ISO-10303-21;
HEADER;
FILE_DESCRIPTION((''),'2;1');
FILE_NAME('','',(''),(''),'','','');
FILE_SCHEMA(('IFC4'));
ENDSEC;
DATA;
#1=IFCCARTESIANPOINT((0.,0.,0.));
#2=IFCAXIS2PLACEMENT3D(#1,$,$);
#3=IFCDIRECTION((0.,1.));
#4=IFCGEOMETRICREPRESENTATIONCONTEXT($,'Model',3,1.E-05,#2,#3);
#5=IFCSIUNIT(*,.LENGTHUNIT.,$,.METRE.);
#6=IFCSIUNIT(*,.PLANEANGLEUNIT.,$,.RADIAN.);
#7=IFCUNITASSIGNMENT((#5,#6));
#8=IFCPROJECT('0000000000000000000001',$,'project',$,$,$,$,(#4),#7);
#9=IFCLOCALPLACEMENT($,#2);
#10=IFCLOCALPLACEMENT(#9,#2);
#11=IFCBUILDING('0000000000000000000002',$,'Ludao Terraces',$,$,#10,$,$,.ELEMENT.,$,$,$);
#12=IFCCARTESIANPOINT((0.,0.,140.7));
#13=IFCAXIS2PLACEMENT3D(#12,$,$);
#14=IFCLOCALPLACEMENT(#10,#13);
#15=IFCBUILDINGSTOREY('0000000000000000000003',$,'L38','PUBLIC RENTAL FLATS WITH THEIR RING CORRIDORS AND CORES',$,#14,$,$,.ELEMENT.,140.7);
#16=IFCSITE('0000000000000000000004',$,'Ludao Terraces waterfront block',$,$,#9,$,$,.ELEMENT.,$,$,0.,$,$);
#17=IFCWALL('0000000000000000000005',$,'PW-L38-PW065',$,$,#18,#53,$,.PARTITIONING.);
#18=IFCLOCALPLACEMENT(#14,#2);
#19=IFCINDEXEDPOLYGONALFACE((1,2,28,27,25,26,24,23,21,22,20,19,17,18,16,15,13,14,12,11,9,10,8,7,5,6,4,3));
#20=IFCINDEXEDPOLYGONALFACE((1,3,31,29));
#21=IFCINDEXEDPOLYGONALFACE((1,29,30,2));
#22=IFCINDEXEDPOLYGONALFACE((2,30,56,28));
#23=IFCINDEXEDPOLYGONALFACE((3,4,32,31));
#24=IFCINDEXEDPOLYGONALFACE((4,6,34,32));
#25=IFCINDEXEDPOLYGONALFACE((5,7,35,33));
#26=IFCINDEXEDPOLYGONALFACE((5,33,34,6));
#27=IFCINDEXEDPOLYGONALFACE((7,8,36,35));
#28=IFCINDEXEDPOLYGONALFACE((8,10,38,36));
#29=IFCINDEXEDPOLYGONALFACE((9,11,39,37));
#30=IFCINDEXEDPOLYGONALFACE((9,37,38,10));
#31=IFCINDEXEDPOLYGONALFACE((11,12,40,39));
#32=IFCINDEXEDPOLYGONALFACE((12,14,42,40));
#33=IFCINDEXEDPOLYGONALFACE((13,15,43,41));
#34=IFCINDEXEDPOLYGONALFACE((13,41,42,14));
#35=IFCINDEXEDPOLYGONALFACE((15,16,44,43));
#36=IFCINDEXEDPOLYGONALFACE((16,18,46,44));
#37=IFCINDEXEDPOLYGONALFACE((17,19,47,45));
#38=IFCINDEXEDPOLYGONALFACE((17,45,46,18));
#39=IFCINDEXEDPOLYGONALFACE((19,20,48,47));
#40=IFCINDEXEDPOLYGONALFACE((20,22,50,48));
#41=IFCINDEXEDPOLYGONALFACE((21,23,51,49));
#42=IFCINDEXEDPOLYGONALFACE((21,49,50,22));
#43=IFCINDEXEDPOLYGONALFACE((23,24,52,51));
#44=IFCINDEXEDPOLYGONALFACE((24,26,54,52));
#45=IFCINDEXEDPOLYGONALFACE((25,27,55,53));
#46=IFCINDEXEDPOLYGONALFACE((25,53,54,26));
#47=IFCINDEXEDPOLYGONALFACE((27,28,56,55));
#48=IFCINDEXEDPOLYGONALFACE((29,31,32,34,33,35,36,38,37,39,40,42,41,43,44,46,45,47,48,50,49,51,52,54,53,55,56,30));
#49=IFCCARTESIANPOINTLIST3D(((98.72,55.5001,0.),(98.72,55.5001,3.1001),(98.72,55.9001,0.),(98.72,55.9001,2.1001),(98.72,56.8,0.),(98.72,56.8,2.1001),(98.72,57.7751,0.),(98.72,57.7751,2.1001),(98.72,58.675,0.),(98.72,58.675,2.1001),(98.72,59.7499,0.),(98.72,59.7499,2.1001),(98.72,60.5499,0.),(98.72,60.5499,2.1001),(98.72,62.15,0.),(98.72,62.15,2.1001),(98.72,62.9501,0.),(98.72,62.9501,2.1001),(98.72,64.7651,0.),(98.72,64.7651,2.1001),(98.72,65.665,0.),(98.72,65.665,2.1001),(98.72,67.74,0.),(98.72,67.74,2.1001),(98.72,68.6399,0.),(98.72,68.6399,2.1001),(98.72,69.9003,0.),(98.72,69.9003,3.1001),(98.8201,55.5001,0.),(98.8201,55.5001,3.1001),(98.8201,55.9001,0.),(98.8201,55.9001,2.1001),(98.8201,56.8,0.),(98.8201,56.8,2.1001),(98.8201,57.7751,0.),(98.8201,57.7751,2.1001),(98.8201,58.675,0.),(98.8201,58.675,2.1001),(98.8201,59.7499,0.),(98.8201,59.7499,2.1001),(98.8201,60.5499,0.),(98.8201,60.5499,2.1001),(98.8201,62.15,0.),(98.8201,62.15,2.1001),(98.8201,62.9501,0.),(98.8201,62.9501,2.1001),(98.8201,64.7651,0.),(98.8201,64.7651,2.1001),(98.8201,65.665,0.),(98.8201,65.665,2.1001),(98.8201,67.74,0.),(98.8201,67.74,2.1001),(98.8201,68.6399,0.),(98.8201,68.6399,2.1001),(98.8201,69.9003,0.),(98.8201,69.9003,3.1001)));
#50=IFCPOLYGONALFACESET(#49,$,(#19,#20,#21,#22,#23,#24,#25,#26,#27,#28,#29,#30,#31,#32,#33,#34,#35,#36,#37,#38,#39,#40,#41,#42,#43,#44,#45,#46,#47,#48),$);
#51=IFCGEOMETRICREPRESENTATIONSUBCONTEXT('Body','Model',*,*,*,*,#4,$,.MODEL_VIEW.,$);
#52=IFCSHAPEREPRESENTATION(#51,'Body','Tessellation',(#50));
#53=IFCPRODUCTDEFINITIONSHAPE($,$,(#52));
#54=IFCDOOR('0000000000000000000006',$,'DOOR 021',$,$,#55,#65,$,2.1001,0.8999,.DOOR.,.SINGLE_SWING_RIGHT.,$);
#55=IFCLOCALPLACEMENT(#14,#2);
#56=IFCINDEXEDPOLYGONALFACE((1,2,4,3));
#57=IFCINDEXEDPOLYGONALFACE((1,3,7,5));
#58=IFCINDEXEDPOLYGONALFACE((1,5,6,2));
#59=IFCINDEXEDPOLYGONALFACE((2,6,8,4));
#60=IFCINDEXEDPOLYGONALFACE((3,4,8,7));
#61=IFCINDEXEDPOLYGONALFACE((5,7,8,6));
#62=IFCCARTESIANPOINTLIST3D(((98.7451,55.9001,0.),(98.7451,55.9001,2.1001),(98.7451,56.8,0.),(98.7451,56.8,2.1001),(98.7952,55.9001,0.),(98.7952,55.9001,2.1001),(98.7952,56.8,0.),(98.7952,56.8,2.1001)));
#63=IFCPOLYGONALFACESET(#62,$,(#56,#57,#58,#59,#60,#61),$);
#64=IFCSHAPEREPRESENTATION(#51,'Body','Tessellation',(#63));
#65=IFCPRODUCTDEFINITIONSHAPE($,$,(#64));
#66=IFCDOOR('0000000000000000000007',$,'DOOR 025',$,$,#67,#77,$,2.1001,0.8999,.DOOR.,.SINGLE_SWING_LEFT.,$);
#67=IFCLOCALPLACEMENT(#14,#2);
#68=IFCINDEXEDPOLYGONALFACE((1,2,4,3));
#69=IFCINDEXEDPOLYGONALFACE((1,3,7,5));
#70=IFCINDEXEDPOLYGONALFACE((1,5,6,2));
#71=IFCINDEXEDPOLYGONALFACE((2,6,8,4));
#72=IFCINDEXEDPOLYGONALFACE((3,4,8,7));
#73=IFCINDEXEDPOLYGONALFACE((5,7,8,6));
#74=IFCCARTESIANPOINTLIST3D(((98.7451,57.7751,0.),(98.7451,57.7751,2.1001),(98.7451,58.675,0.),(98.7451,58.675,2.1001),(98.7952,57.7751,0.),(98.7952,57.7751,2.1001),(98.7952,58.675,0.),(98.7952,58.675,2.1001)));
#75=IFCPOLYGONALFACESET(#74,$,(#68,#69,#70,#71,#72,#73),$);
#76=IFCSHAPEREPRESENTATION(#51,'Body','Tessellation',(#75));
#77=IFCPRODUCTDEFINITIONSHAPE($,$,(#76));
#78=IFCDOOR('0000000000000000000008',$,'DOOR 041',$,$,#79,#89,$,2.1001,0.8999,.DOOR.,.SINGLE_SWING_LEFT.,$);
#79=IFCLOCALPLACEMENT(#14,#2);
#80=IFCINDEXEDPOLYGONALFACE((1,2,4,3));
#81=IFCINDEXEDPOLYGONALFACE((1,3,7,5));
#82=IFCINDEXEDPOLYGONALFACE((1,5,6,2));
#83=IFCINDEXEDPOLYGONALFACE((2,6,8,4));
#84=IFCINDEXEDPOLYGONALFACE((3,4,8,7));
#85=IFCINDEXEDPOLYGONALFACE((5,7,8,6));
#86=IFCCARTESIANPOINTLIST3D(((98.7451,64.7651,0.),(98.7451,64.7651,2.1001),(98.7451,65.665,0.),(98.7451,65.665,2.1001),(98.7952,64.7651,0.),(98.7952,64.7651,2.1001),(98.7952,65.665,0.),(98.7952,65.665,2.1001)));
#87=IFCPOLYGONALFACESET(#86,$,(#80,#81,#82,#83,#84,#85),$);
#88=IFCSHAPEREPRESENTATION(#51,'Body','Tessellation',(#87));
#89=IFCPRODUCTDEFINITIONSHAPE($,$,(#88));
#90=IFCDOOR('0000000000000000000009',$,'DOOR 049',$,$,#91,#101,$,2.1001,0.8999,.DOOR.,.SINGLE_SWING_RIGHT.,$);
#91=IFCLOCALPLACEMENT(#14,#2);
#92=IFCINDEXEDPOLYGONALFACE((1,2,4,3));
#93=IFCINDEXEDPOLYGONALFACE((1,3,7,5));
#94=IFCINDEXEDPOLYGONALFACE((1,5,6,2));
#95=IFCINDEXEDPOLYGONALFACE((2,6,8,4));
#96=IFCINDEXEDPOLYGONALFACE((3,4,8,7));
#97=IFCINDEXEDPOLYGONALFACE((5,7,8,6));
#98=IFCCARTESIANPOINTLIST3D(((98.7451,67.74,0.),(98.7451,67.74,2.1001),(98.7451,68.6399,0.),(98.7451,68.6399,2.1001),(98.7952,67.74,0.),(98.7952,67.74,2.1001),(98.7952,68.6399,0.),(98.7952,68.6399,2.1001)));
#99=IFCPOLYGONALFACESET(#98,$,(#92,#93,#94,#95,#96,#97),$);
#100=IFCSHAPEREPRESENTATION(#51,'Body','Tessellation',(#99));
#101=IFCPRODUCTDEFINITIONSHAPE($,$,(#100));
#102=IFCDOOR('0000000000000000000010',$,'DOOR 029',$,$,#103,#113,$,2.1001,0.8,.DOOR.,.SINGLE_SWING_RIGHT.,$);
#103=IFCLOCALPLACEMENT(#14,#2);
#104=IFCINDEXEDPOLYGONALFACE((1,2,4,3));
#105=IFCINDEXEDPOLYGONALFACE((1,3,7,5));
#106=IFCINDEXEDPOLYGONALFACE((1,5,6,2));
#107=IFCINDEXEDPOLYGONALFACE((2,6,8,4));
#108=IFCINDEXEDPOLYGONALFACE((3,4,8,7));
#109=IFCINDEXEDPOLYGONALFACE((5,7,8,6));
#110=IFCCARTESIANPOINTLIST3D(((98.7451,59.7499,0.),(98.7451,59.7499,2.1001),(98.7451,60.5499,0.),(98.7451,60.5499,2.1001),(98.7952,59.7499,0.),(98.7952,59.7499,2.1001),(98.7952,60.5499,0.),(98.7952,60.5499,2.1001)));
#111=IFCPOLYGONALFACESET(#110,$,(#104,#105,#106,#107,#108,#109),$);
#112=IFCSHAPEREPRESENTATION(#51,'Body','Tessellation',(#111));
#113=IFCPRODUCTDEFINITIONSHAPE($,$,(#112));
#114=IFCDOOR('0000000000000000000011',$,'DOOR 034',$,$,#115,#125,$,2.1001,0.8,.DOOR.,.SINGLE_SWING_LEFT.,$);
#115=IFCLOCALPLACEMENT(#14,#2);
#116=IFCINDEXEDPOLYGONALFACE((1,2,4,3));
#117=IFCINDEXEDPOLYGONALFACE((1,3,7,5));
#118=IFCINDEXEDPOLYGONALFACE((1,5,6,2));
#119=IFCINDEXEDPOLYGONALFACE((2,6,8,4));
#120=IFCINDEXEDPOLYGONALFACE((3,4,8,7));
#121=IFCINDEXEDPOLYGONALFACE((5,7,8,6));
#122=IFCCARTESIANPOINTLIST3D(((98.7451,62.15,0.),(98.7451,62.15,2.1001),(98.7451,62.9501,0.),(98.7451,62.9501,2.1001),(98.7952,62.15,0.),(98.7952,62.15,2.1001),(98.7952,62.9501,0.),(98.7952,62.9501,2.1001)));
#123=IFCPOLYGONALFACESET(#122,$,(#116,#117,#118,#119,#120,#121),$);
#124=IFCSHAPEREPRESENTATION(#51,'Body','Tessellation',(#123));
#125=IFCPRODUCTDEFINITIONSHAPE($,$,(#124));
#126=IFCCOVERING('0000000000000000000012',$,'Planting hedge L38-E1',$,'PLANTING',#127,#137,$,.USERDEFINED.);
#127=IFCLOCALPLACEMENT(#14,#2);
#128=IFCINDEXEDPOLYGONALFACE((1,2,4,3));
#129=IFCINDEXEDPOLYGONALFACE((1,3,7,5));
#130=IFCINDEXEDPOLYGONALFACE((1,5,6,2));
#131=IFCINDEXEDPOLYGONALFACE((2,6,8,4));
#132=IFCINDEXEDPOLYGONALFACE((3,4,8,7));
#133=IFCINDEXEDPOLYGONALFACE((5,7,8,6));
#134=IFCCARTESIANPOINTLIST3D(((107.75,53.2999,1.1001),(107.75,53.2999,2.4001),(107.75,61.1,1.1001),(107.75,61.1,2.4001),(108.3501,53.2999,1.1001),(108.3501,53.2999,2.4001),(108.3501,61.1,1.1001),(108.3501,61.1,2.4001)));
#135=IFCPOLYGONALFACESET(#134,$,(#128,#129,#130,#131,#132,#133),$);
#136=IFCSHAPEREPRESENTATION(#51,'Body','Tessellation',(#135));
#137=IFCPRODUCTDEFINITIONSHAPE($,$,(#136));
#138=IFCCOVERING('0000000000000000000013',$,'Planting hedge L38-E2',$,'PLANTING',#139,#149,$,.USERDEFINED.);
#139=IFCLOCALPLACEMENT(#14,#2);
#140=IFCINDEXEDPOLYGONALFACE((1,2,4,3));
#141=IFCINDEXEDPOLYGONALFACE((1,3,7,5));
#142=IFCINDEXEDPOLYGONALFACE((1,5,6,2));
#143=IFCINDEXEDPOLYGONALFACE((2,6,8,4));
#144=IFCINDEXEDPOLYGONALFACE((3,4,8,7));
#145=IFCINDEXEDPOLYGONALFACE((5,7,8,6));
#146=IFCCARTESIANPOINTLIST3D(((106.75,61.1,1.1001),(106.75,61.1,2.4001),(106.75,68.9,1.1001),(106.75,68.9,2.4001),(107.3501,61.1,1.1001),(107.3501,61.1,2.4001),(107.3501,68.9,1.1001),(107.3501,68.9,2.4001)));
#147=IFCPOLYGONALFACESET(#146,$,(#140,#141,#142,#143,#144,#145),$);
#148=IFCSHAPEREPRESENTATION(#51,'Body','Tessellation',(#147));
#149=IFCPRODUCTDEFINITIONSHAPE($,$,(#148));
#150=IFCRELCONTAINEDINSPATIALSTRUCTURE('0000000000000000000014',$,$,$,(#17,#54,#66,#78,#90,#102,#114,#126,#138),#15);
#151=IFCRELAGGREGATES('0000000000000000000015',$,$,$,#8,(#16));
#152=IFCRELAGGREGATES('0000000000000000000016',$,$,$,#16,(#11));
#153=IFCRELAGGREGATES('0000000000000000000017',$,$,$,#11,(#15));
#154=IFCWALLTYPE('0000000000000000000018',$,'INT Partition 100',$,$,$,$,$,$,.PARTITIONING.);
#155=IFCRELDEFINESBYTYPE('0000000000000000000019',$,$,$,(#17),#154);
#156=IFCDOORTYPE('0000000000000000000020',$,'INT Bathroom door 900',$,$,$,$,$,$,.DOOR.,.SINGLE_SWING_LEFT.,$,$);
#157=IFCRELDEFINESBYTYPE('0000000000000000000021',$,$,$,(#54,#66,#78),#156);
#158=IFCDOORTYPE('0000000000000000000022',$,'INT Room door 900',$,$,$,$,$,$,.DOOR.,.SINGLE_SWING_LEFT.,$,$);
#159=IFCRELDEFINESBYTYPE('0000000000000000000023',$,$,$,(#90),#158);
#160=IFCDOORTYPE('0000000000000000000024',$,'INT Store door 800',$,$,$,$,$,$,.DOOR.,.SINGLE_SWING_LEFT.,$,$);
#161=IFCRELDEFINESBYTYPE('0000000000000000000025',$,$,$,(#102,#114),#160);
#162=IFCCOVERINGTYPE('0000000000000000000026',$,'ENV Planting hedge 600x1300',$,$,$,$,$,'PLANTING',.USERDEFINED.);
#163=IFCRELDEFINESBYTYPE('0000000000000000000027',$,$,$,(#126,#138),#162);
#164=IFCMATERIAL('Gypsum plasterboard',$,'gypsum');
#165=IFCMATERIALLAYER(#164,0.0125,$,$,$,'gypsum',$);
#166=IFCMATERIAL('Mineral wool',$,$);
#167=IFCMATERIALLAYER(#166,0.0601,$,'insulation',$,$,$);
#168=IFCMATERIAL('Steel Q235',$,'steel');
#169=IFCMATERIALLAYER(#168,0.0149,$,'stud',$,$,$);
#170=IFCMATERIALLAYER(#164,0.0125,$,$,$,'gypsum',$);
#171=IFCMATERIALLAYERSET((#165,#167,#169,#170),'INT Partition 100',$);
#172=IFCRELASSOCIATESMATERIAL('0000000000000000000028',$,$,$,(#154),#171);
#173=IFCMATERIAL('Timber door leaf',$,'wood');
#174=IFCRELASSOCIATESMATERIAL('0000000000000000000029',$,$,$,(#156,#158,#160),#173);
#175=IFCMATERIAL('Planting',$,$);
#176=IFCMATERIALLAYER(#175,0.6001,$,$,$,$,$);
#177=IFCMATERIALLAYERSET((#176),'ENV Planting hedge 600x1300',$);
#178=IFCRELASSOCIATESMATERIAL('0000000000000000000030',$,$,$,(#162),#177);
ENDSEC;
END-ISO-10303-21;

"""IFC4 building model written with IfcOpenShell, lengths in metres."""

from ifc_helpers import new_model, si_unit, direction, frame, frame_2d, origin, origin_2d, place, context, subcontext, project, spatial, rectangle, extrude, material, layer, layer_set, type_object, element, fill, save


model = new_model("IFC4")

# Units and contexts
model_context = context("Model", 3, precision=1e-05, world=origin(), true_north=direction((0.0, 1.0)))
body_context = subcontext(model_context, "Body", "Model", "MODEL_VIEW")
ifc_project = project(units=[si_unit("LENGTHUNIT", "METRE"), si_unit("PLANEANGLEUNIT", "RADIAN")], contexts=[model_context])

# Site, building, storey
site_placement = place(None, origin())
site = spatial("IfcSite", under=ifc_project, at=site_placement, Name="Ludao Terraces waterfront block", CompositionType="ELEMENT", RefElevation=0.0)
building_placement = place(site_placement, origin())
building = spatial("IfcBuilding", under=site, at=building_placement, Name="Ludao Terraces", CompositionType="ELEMENT")
storey_placement = place(building_placement, frame((0.0, 0.0, 140.7)))
storey = spatial("IfcBuildingStorey", under=building, at=storey_placement, Name="L38", Description="PUBLIC RENTAL FLATS WITH THEIR RING CORRIDORS AND CORES", CompositionType="ELEMENT", Elevation=140.7)

# Shared definitions
ifc_material_1 = material(Name="Mineral wool")

# Shared definitions
ifc_material_2 = material(Name="Gypsum plasterboard", Category="gypsum")
ifc_layer_1 = layer(ifc_material_2, 0.0125, Category="gypsum")
ifc_layer_2 = layer(ifc_material_1, 0.0601, Name="insulation")
ifc_material_3 = material(Name="Steel Q235", Category="steel")
ifc_layer_3 = layer(ifc_material_3, 0.0149, Name="stud")
ifc_layer_4 = layer(ifc_material_2, 0.0125, Category="gypsum")
ifc_layer_set_1 = layer_set([ifc_layer_1, ifc_layer_2, ifc_layer_3, ifc_layer_4], Name="INT Partition 100")
wall_type_1 = type_object("IfcWallType", Name="INT Partition 100", PredefinedType="PARTITIONING", material=ifc_layer_set_1)

# Wall, openings, doors
wall_1_placement = place(storey_placement, frame((98.77, 55.5, 0.0), z_axis=(0.0, 0.0, 1.0), x_axis=(0.0, 1.0, 0.0)))
wall_1 = element("IfcWall", 1, at=wall_1_placement, inside=storey, type_object=wall_type_1, Name="PW-L38-PW065", PredefinedType="PARTITIONING", context=body_context, shape_type="SweptSolid", body=[
    extrude(rectangle(XDim=14.4001, YDim=0.1001, at=frame_2d((7.2002, 0.0))), origin(), (0.0, 0.0, 1.0), 3.1001),
])
opening_1_placement = place(wall_1_placement, frame((0.4001, 0.0, 0.0)))
opening_1 = element("IfcOpeningElement", 2, at=opening_1_placement, cuts=wall_1, PredefinedType="OPENING", context=body_context, shape_type="SweptSolid", body=[
    extrude(rectangle(XDim=0.8999, YDim=2.1001, at=frame_2d((0.45, 1.05))), frame((0.0, 0.0601, 0.0), z_axis=(0.0, -1.0, 0.0), x_axis=(1.0, 0.0, 0.0)), (0.0, 0.0, 1.0), 0.1201),
])
opening_2_placement = place(wall_1_placement, frame((2.2751, 0.0, 0.0)))
opening_2 = element("IfcOpeningElement", 3, at=opening_2_placement, cuts=wall_1, PredefinedType="OPENING", context=body_context, shape_type="SweptSolid", body=[
    extrude(rectangle(XDim=0.8999, YDim=2.1001, at=frame_2d((0.45, 1.05))), frame((0.0, 0.0601, 0.0), z_axis=(0.0, -1.0, 0.0), x_axis=(1.0, 0.0, 0.0)), (0.0, 0.0, 1.0), 0.1201),
])
opening_3_placement = place(wall_1_placement, frame((4.25, 0.0, 0.0)))
opening_3 = element("IfcOpeningElement", 4, at=opening_3_placement, cuts=wall_1, PredefinedType="OPENING", context=body_context, shape_type="SweptSolid", body=[
    extrude(rectangle(XDim=0.8, YDim=2.1001, at=frame_2d((0.3999, 1.05))), frame((0.0, 0.0601, 0.0), z_axis=(0.0, -1.0, 0.0), x_axis=(1.0, 0.0, 0.0)), (0.0, 0.0, 1.0), 0.1201),
])
opening_4_placement = place(wall_1_placement, frame((6.6501, 0.0, 0.0)))
opening_4 = element("IfcOpeningElement", 5, at=opening_4_placement, cuts=wall_1, PredefinedType="OPENING", context=body_context, shape_type="SweptSolid", body=[
    extrude(rectangle(XDim=0.8, YDim=2.1001, at=frame_2d((0.3999, 1.05))), frame((0.0, 0.0601, 0.0), z_axis=(0.0, -1.0, 0.0), x_axis=(1.0, 0.0, 0.0)), (0.0, 0.0, 1.0), 0.1201),
])
opening_5_placement = place(wall_1_placement, frame((9.2651, 0.0, 0.0)))
opening_5 = element("IfcOpeningElement", 6, at=opening_5_placement, cuts=wall_1, PredefinedType="OPENING", context=body_context, shape_type="SweptSolid", body=[
    extrude(rectangle(XDim=0.8999, YDim=2.1001, at=frame_2d((0.45, 1.05))), frame((0.0, 0.0601, 0.0), z_axis=(0.0, -1.0, 0.0), x_axis=(1.0, 0.0, 0.0)), (0.0, 0.0, 1.0), 0.1201),
])
opening_6_placement = place(wall_1_placement, frame((12.24, 0.0, 0.0)))
opening_6 = element("IfcOpeningElement", 7, at=opening_6_placement, cuts=wall_1, PredefinedType="OPENING", context=body_context, shape_type="SweptSolid", body=[
    extrude(rectangle(XDim=0.8999, YDim=2.1001, at=frame_2d((0.45, 1.05))), frame((0.0, 0.0601, 0.0), z_axis=(0.0, -1.0, 0.0), x_axis=(1.0, 0.0, 0.0)), (0.0, 0.0, 1.0), 0.1201),
])
ifc_material_4 = material(Name="Timber door leaf", Category="wood")
door_type_1 = type_object("IfcDoorType", Name="INT Bathroom door 900", OperationType="SINGLE_SWING_LEFT", PredefinedType="DOOR", material=ifc_material_4)
door_1_placement = place(opening_1_placement, origin())
door_1 = element("IfcDoor", 8, at=door_1_placement, inside=storey, type_object=door_type_1, Name="DOOR 021", OperationType="SINGLE_SWING_RIGHT", OverallHeight=2.1001, OverallWidth=0.8999, PredefinedType="DOOR", context=body_context, shape_type="SweptSolid", body=[
    extrude(rectangle(XDim=0.8999, YDim=2.1001, at=frame_2d((0.45, 1.05))), frame((0.0, 0.0249, 0.0), z_axis=(0.0, -1.0, 0.0), x_axis=(1.0, 0.0, 0.0)), (0.0, 0.0, 1.0), 0.05),
])
fill(opening_1, door_1)
door_2_placement = place(opening_2_placement, origin())
door_2 = element("IfcDoor", 9, at=door_2_placement, inside=storey, type_object=door_type_1, Name="DOOR 025", OperationType="SINGLE_SWING_LEFT", OverallHeight=2.1001, OverallWidth=0.8999, PredefinedType="DOOR", context=body_context, shape_type="SweptSolid", body=[
    extrude(rectangle(XDim=0.8999, YDim=2.1001, at=frame_2d((0.45, 1.05))), frame((0.0, 0.0249, 0.0), z_axis=(0.0, -1.0, 0.0), x_axis=(1.0, 0.0, 0.0)), (0.0, 0.0, 1.0), 0.05),
])
fill(opening_2, door_2)
door_3_placement = place(opening_5_placement, origin())
door_3 = element("IfcDoor", 10, at=door_3_placement, inside=storey, type_object=door_type_1, Name="DOOR 041", OperationType="SINGLE_SWING_LEFT", OverallHeight=2.1001, OverallWidth=0.8999, PredefinedType="DOOR", context=body_context, shape_type="SweptSolid", body=[
    extrude(rectangle(XDim=0.8999, YDim=2.1001, at=frame_2d((0.45, 1.05))), frame((0.0, 0.0249, 0.0), z_axis=(0.0, -1.0, 0.0), x_axis=(1.0, 0.0, 0.0)), (0.0, 0.0, 1.0), 0.05),
])
fill(opening_5, door_3)
door_type_2 = type_object("IfcDoorType", Name="INT Room door 900", OperationType="SINGLE_SWING_LEFT", PredefinedType="DOOR", material=ifc_material_4)
door_4_placement = place(opening_6_placement, origin())
door_4 = element("IfcDoor", 11, at=door_4_placement, inside=storey, type_object=door_type_2, Name="DOOR 049", OperationType="SINGLE_SWING_RIGHT", OverallHeight=2.1001, OverallWidth=0.8999, PredefinedType="DOOR", context=body_context, shape_type="SweptSolid", body=[
    extrude(rectangle(XDim=0.8999, YDim=2.1001, at=frame_2d((0.45, 1.05))), frame((0.0, 0.0249, 0.0), z_axis=(0.0, -1.0, 0.0), x_axis=(1.0, 0.0, 0.0)), (0.0, 0.0, 1.0), 0.05),
])
fill(opening_6, door_4)
door_type_3 = type_object("IfcDoorType", Name="INT Store door 800", OperationType="SINGLE_SWING_LEFT", PredefinedType="DOOR", material=ifc_material_4)
door_5_placement = place(opening_3_placement, origin())
door_5 = element("IfcDoor", 12, at=door_5_placement, inside=storey, type_object=door_type_3, Name="DOOR 029", OperationType="SINGLE_SWING_RIGHT", OverallHeight=2.1001, OverallWidth=0.8, PredefinedType="DOOR", context=body_context, shape_type="SweptSolid", body=[
    extrude(rectangle(XDim=0.8, YDim=2.1001, at=frame_2d((0.3999, 1.05))), frame((0.0, 0.0249, 0.0), z_axis=(0.0, -1.0, 0.0), x_axis=(1.0, 0.0, 0.0)), (0.0, 0.0, 1.0), 0.05),
])
fill(opening_3, door_5)
door_6_placement = place(opening_4_placement, origin())
door_6 = element("IfcDoor", 13, at=door_6_placement, inside=storey, type_object=door_type_3, Name="DOOR 034", OperationType="SINGLE_SWING_LEFT", OverallHeight=2.1001, OverallWidth=0.8, PredefinedType="DOOR", context=body_context, shape_type="SweptSolid", body=[
    extrude(rectangle(XDim=0.8, YDim=2.1001, at=frame_2d((0.3999, 1.05))), frame((0.0, 0.0249, 0.0), z_axis=(0.0, -1.0, 0.0), x_axis=(1.0, 0.0, 0.0)), (0.0, 0.0, 1.0), 0.05),
])
fill(opening_4, door_6)

# Coverings
ifc_material_5 = material(Name="Planting")
ifc_layer_5 = layer(ifc_material_5, 0.6001)
ifc_layer_set_2 = layer_set([ifc_layer_5], Name="ENV Planting hedge 600x1300")
covering_type = type_object("IfcCoveringType", Name="ENV Planting hedge 600x1300", ElementType="PLANTING", PredefinedType="USERDEFINED", material=ifc_layer_set_2)
for number, where, z_axis, x_axis, name in (
    (14, (108.05, 57.2, 1.1001), (0.0, 0.0, 1.0), (1.0, 0.0, 0.0), "Planting hedge L38-E1"),
    (15, (107.05, 65.0, 1.1001), (0.0, 0.0, 1.0), (1.0, 0.0, 0.0), "Planting hedge L38-E2"),
):
    element("IfcCovering", number, at=place(storey_placement, frame(where, z_axis=z_axis, x_axis=x_axis)), inside=storey, type_object=covering_type, Name=name, ObjectType="PLANTING", PredefinedType="USERDEFINED", context=body_context, shape_type="SweptSolid", body=[
        extrude(rectangle(XDim=0.6001, YDim=7.8, at=origin_2d()), origin(), (0.0, 0.0, 1.0), 1.3),
    ])

save(model, "model.ifc")
